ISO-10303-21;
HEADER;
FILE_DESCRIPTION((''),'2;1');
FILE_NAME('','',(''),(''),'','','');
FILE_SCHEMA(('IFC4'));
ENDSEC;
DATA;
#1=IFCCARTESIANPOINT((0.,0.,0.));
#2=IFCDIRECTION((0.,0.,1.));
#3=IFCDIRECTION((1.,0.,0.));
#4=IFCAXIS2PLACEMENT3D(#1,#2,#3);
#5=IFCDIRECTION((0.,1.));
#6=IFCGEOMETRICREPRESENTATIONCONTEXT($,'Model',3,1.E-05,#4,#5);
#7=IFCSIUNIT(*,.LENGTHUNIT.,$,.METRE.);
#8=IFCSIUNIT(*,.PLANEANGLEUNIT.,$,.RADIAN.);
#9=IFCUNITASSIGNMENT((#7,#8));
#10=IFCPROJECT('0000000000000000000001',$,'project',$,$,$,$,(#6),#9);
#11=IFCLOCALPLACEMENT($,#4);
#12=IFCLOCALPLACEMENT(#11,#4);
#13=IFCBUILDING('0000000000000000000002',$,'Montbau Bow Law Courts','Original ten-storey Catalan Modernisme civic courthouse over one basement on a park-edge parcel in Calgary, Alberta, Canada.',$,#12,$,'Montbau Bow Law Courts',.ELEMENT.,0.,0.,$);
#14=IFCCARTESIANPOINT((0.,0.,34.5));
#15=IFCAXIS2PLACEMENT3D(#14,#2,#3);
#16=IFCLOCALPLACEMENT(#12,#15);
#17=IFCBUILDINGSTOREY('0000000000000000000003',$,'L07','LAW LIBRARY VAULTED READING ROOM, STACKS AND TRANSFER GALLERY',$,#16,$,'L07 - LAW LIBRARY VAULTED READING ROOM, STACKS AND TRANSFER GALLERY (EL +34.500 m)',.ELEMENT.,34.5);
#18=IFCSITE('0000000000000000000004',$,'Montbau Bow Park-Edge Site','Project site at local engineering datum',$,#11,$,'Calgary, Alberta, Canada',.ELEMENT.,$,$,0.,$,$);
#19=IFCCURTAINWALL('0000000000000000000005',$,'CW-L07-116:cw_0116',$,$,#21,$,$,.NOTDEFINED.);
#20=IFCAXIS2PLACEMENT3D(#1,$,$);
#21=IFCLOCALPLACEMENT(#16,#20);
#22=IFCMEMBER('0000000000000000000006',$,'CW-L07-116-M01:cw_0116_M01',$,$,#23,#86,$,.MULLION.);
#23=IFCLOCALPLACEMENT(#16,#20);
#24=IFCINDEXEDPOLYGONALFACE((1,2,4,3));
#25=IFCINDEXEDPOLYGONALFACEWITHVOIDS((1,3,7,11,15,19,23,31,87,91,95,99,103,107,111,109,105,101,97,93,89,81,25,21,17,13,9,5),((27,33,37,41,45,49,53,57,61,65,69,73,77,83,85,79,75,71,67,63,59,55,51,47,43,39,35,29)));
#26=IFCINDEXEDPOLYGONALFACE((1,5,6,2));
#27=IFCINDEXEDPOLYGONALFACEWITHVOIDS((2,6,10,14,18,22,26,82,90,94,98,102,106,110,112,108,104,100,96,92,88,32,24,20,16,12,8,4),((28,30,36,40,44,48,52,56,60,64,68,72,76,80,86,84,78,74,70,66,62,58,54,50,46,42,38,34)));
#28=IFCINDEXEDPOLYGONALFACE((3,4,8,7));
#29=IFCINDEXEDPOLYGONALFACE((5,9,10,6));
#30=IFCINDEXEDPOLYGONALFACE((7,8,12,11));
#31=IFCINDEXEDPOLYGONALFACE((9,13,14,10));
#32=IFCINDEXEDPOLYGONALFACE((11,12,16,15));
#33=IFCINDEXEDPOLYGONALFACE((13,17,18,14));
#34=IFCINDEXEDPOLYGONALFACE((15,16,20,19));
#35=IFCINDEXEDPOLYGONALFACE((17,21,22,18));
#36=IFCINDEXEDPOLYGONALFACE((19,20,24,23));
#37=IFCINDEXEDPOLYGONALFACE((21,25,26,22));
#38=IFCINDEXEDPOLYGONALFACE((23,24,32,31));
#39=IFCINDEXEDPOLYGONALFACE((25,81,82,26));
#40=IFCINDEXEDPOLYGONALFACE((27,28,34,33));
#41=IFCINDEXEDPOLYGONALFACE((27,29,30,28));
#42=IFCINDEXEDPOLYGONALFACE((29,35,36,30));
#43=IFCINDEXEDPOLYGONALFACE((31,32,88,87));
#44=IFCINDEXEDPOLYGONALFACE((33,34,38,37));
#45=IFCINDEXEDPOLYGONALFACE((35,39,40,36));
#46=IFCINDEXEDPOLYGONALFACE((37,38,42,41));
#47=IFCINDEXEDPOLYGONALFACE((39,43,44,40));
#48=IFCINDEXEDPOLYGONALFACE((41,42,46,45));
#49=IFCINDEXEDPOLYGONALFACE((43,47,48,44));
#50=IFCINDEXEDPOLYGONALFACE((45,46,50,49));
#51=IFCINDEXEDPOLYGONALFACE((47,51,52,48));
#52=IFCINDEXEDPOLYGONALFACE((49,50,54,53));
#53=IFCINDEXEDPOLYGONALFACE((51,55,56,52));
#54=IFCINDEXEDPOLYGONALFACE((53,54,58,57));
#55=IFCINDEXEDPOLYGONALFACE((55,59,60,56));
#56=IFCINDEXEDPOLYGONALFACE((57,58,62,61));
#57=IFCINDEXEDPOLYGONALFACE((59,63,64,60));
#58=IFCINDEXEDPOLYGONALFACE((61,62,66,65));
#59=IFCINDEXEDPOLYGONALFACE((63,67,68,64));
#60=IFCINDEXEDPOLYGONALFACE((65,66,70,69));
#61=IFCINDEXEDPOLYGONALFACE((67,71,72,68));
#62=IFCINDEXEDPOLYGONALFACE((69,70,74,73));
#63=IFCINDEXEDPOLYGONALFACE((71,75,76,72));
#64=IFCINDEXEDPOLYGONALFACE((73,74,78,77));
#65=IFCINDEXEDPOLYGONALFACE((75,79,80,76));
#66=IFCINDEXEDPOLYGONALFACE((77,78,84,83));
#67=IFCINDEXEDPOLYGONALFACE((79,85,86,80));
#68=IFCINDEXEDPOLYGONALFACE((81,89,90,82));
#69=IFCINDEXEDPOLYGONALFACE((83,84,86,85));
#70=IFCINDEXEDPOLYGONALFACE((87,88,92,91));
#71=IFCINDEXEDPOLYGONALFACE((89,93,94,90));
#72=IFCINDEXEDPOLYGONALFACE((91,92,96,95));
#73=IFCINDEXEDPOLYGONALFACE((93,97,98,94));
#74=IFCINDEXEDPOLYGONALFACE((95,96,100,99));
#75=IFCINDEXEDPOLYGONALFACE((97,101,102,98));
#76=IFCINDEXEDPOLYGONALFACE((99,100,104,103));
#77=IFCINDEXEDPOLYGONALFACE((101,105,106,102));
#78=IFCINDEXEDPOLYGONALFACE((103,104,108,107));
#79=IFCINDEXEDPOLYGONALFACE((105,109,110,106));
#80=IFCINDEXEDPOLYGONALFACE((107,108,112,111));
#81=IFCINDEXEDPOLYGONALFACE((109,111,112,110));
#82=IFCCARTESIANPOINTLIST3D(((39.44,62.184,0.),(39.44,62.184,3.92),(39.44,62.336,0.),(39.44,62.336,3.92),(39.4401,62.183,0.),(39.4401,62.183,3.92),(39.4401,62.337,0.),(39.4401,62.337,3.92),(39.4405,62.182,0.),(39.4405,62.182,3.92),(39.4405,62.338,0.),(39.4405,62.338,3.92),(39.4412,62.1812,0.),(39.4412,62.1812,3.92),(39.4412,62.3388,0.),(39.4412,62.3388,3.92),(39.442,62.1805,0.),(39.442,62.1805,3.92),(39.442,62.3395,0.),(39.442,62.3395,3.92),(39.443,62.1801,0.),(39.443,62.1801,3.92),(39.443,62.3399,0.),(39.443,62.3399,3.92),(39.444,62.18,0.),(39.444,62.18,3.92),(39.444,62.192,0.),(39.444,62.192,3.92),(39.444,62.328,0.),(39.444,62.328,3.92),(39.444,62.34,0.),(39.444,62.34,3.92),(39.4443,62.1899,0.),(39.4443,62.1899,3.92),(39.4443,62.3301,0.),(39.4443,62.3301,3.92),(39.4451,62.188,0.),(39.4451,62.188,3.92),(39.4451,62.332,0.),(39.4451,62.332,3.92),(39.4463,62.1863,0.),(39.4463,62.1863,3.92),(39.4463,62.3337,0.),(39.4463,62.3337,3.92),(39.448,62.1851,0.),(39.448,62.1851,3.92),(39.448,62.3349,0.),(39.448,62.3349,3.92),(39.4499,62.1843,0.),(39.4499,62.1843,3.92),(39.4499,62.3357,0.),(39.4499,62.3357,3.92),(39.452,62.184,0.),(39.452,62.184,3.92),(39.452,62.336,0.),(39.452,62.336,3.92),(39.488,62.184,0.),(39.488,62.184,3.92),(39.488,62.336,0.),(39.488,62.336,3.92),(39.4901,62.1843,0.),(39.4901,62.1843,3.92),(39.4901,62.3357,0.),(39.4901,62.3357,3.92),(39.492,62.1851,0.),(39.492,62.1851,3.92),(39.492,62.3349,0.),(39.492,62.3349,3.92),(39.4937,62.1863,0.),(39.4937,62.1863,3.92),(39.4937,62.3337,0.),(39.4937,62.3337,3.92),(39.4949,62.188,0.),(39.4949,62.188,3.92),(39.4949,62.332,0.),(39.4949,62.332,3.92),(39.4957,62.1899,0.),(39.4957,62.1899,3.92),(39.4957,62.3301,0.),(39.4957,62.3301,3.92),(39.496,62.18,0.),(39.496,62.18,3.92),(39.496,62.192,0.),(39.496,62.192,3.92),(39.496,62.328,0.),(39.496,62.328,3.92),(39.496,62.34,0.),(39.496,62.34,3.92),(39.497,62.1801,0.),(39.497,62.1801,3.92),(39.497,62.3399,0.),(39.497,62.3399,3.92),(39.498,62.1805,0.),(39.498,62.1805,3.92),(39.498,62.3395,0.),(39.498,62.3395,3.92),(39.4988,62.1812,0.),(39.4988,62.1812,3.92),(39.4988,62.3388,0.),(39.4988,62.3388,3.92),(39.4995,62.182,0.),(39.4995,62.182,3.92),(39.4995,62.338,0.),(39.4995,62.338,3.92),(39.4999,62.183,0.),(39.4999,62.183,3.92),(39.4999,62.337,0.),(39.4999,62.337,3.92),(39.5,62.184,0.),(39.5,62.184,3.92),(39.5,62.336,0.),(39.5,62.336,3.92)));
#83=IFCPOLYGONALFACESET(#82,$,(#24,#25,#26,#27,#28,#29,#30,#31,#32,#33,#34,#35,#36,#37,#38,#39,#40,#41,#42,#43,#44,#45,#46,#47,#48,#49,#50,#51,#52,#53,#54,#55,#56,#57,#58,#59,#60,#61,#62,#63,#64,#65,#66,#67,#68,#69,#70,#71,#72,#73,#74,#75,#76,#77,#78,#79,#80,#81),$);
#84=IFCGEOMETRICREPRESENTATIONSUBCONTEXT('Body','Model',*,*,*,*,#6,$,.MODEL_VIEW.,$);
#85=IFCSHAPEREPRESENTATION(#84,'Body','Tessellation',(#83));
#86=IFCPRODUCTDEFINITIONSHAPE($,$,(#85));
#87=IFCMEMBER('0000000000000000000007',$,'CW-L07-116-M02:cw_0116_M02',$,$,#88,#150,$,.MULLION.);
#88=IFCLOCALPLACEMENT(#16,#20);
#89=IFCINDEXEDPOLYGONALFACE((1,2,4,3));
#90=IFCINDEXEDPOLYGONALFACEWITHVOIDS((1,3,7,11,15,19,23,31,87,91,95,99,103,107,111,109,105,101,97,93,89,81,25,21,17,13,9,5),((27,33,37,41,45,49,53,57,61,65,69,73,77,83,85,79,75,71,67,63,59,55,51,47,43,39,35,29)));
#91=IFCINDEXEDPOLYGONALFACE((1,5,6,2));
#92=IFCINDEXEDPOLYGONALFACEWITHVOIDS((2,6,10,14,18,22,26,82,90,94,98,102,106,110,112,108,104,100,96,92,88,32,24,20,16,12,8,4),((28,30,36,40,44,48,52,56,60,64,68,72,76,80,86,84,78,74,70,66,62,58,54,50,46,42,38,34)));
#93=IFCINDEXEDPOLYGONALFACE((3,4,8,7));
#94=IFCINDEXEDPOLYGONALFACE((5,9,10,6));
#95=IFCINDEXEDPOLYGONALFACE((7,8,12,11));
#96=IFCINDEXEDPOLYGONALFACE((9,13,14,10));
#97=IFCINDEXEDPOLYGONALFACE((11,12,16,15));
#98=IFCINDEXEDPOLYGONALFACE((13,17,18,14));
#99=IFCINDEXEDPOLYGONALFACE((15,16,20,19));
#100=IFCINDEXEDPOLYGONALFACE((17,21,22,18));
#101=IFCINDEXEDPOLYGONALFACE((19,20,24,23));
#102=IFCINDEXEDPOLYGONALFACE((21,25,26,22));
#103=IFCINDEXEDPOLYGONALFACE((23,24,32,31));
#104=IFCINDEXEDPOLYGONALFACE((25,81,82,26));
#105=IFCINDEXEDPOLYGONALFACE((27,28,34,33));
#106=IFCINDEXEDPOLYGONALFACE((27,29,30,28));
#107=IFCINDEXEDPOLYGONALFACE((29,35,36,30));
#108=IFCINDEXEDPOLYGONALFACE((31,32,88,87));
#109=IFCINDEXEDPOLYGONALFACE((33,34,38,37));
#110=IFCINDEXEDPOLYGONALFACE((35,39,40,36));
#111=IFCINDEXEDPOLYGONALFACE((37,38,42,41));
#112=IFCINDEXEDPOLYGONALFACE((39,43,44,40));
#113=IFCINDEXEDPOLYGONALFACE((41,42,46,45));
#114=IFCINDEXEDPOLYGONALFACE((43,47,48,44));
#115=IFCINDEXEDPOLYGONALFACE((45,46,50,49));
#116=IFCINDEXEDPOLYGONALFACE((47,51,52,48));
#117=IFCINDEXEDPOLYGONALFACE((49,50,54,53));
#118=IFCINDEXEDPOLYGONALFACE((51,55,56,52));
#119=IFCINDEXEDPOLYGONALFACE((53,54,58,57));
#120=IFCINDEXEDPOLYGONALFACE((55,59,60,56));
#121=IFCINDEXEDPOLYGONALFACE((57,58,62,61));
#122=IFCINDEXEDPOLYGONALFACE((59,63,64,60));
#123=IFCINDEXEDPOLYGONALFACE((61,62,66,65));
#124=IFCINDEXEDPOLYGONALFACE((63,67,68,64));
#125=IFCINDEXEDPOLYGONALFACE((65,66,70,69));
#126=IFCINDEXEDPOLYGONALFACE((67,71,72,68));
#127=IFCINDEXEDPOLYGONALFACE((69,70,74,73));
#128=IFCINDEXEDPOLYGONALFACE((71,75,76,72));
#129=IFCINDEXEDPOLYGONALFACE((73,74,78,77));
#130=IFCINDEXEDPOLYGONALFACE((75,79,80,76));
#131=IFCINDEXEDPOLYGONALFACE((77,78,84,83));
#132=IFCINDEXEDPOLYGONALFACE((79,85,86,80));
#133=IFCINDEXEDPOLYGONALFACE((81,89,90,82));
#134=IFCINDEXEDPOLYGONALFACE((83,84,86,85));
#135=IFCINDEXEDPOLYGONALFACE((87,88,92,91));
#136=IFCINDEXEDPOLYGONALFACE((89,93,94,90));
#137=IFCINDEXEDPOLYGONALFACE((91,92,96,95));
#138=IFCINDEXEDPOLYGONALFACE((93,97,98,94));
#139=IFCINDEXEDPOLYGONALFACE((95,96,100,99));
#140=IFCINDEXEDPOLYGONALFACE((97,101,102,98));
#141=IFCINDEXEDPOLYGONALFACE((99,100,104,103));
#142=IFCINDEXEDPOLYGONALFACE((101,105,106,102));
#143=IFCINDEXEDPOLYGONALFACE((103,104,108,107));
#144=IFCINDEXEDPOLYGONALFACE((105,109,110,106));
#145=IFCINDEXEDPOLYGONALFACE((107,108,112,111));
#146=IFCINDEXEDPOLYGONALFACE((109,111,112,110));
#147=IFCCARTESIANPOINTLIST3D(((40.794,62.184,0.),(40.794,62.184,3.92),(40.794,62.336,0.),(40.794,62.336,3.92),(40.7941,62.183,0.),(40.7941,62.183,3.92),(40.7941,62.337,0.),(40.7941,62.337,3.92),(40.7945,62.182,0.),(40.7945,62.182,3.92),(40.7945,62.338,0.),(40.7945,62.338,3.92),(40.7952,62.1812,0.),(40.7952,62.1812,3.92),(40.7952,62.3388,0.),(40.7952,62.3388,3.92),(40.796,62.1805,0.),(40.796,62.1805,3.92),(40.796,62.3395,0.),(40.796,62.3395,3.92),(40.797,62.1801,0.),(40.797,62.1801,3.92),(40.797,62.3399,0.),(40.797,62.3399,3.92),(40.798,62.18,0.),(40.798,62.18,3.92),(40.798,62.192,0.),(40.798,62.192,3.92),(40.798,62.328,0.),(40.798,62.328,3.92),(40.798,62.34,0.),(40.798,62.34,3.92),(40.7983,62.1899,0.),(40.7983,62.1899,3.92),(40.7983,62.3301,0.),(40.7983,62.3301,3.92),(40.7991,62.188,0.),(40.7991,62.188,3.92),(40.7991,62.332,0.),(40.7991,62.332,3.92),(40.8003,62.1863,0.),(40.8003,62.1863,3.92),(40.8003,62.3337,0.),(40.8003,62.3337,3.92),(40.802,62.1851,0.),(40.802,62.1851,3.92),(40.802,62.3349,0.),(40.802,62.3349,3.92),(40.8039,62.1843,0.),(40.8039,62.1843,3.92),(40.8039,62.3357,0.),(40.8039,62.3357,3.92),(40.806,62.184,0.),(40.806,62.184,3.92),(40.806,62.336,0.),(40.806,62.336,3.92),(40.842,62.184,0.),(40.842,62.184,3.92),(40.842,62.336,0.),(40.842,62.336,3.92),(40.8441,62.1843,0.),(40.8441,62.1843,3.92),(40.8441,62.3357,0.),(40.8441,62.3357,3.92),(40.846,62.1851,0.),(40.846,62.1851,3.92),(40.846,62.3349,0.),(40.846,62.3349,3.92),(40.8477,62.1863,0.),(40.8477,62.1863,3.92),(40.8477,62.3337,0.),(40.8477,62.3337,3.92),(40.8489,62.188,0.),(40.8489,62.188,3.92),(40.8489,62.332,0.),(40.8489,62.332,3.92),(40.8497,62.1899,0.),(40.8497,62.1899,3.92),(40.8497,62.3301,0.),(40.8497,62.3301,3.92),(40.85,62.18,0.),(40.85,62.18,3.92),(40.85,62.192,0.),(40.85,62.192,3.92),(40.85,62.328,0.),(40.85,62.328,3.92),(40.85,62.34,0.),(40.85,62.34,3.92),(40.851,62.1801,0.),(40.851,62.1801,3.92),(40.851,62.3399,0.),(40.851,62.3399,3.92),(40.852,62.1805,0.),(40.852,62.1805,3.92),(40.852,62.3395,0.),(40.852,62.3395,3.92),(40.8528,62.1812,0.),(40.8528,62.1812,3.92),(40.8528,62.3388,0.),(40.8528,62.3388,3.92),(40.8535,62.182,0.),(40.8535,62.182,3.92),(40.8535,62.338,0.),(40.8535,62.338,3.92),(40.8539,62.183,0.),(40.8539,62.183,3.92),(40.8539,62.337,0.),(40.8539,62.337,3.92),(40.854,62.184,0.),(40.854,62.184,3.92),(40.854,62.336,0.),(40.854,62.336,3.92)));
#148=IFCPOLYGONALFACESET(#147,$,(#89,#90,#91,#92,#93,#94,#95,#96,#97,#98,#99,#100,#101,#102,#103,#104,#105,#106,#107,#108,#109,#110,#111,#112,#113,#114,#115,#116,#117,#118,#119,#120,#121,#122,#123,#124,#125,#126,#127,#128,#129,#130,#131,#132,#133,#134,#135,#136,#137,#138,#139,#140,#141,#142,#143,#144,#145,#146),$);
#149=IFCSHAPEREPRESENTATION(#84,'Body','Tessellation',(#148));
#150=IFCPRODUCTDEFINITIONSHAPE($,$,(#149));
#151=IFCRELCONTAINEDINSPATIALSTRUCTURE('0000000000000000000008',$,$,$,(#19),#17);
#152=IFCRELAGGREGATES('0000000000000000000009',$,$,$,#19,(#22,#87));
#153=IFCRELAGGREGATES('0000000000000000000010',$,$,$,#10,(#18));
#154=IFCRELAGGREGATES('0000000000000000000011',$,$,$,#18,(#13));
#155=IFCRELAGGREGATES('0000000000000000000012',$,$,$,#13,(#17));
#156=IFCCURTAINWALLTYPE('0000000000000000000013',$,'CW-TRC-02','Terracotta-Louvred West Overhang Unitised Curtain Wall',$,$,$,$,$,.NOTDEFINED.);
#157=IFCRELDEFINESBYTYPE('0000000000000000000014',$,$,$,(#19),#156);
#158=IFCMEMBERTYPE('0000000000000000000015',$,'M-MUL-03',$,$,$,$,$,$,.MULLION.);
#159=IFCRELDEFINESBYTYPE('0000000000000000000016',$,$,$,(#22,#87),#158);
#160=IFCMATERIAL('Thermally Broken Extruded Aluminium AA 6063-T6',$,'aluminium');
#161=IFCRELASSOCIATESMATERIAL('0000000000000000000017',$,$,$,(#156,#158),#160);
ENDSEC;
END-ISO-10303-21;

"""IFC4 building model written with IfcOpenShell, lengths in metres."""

from ifc_helpers import new_model, si_unit, direction, frame, origin_with_axes, origin_2d_with_axis, place, context, subcontext, project, spatial, hollow_rectangle, extrude, material, material_profile, profile_set, type_object, element, aggregate, save


model = new_model("IFC4")

# Units and contexts
model_context = context("Model", 3, precision=1e-05, world=origin_with_axes(), true_north=direction((0.0, 1.0)))
body_context = subcontext(model_context, "Body", "Model", "MODEL_VIEW")
ifc_project = project(units=[si_unit("LENGTHUNIT", "METRE"), si_unit("PLANEANGLEUNIT", "RADIAN")], contexts=[model_context])

# Site, building, storey
site_placement = place(None, origin_with_axes())
site = spatial("IfcSite", under=ifc_project, at=site_placement, Name="Montbau Bow Park-Edge Site", Description="Project site at local engineering datum", LongName="Calgary, Alberta, Canada", CompositionType="ELEMENT", RefElevation=0.0)
building_placement = place(site_placement, origin_with_axes())
building = spatial("IfcBuilding", under=site, at=building_placement, Name="Montbau Bow Law Courts", Description="Original ten-storey Catalan Modernisme civic courthouse over one basement on a park-edge parcel in Calgary, Alberta, Canada.", LongName="Montbau Bow Law Courts", CompositionType="ELEMENT", ElevationOfRefHeight=0.0, ElevationOfTerrain=0.0)
storey_placement = place(building_placement, frame((0.0, 0.0, 34.5), z_axis=(0.0, 0.0, 1.0), x_axis=(1.0, 0.0, 0.0)))
storey = spatial("IfcBuildingStorey", under=building, at=storey_placement, Name="L07", Description="LAW LIBRARY VAULTED READING ROOM, STACKS AND TRANSFER GALLERY", LongName="L07 - LAW LIBRARY VAULTED READING ROOM, STACKS AND TRANSFER GALLERY (EL +34.500 m)", CompositionType="ELEMENT", Elevation=34.5)

# Curtain wall, members
ifc_material_1 = material(Name="Thermally Broken Extruded Aluminium AA 6063-T6", Category="aluminium")
curtain_wall_type = type_object("IfcCurtainWallType", Name="CW-TRC-02", Description="Terracotta-Louvred West Overhang Unitised Curtain Wall", PredefinedType="NOTDEFINED", material=ifc_material_1)
curtain_wall_1_placement = place(None, frame((39.44, 62.26, 34.5), z_axis=(0.0, 0.0, 1.0), x_axis=(1.0, 0.0, 0.0)))
curtain_wall_1 = element("IfcCurtainWall", 1, at=curtain_wall_1_placement, inside=storey, type_object=curtain_wall_type, Name="CW-L07-116:cw_0116", PredefinedType="NOTDEFINED")
ifc_material_profile_1 = material_profile(ifc_material_1, hollow_rectangle(XDim=0.06, YDim=0.16, WallThickness=0.004, InnerFilletRadius=0.008, OuterFilletRadius=0.004, at=origin_2d_with_axis()), Name="CWM-160X60", Category="Main", Priority=0)
ifc_profile_set_1 = profile_set([ifc_material_profile_1], Name="Thermally Broken Extruded Aluminium AA 6063-T6")
member_type_1 = type_object("IfcMemberType", Name="M-MUL-03", PredefinedType="MULLION", material=ifc_profile_set_1)
member_1_placement = place(None, frame((39.47, 62.26, 34.5), z_axis=(0.0, 0.0, 1.0), x_axis=(1.0, 0.0, 0.0)))
member_1 = element("IfcMember", 2, at=member_1_placement, type_object=member_type_1, Name="CW-L07-116-M01:cw_0116_M01", PredefinedType="MULLION", context=body_context, shape_type="SweptSolid", body=[
    extrude(hollow_rectangle(XDim=0.06, YDim=0.16, WallThickness=0.004, InnerFilletRadius=0.008, OuterFilletRadius=0.004, at=origin_2d_with_axis()), origin_with_axes(), (0.0, 0.0, 1.0), 3.92),
])
member_2_placement = place(None, frame((40.824, 62.26, 34.5), z_axis=(0.0, 0.0, 1.0), x_axis=(1.0, 0.0, 0.0)))
member_2 = element("IfcMember", 3, at=member_2_placement, type_object=member_type_1, Name="CW-L07-116-M02:cw_0116_M02", PredefinedType="MULLION", context=body_context, shape_type="SweptSolid", body=[
    extrude(hollow_rectangle(XDim=0.06, YDim=0.16, WallThickness=0.004, InnerFilletRadius=0.008, OuterFilletRadius=0.004, at=origin_2d_with_axis()), origin_with_axes(), (0.0, 0.0, 1.0), 3.92),
])

aggregate(curtain_wall_1, [member_1, member_2])

save(model, "model.ifc")
